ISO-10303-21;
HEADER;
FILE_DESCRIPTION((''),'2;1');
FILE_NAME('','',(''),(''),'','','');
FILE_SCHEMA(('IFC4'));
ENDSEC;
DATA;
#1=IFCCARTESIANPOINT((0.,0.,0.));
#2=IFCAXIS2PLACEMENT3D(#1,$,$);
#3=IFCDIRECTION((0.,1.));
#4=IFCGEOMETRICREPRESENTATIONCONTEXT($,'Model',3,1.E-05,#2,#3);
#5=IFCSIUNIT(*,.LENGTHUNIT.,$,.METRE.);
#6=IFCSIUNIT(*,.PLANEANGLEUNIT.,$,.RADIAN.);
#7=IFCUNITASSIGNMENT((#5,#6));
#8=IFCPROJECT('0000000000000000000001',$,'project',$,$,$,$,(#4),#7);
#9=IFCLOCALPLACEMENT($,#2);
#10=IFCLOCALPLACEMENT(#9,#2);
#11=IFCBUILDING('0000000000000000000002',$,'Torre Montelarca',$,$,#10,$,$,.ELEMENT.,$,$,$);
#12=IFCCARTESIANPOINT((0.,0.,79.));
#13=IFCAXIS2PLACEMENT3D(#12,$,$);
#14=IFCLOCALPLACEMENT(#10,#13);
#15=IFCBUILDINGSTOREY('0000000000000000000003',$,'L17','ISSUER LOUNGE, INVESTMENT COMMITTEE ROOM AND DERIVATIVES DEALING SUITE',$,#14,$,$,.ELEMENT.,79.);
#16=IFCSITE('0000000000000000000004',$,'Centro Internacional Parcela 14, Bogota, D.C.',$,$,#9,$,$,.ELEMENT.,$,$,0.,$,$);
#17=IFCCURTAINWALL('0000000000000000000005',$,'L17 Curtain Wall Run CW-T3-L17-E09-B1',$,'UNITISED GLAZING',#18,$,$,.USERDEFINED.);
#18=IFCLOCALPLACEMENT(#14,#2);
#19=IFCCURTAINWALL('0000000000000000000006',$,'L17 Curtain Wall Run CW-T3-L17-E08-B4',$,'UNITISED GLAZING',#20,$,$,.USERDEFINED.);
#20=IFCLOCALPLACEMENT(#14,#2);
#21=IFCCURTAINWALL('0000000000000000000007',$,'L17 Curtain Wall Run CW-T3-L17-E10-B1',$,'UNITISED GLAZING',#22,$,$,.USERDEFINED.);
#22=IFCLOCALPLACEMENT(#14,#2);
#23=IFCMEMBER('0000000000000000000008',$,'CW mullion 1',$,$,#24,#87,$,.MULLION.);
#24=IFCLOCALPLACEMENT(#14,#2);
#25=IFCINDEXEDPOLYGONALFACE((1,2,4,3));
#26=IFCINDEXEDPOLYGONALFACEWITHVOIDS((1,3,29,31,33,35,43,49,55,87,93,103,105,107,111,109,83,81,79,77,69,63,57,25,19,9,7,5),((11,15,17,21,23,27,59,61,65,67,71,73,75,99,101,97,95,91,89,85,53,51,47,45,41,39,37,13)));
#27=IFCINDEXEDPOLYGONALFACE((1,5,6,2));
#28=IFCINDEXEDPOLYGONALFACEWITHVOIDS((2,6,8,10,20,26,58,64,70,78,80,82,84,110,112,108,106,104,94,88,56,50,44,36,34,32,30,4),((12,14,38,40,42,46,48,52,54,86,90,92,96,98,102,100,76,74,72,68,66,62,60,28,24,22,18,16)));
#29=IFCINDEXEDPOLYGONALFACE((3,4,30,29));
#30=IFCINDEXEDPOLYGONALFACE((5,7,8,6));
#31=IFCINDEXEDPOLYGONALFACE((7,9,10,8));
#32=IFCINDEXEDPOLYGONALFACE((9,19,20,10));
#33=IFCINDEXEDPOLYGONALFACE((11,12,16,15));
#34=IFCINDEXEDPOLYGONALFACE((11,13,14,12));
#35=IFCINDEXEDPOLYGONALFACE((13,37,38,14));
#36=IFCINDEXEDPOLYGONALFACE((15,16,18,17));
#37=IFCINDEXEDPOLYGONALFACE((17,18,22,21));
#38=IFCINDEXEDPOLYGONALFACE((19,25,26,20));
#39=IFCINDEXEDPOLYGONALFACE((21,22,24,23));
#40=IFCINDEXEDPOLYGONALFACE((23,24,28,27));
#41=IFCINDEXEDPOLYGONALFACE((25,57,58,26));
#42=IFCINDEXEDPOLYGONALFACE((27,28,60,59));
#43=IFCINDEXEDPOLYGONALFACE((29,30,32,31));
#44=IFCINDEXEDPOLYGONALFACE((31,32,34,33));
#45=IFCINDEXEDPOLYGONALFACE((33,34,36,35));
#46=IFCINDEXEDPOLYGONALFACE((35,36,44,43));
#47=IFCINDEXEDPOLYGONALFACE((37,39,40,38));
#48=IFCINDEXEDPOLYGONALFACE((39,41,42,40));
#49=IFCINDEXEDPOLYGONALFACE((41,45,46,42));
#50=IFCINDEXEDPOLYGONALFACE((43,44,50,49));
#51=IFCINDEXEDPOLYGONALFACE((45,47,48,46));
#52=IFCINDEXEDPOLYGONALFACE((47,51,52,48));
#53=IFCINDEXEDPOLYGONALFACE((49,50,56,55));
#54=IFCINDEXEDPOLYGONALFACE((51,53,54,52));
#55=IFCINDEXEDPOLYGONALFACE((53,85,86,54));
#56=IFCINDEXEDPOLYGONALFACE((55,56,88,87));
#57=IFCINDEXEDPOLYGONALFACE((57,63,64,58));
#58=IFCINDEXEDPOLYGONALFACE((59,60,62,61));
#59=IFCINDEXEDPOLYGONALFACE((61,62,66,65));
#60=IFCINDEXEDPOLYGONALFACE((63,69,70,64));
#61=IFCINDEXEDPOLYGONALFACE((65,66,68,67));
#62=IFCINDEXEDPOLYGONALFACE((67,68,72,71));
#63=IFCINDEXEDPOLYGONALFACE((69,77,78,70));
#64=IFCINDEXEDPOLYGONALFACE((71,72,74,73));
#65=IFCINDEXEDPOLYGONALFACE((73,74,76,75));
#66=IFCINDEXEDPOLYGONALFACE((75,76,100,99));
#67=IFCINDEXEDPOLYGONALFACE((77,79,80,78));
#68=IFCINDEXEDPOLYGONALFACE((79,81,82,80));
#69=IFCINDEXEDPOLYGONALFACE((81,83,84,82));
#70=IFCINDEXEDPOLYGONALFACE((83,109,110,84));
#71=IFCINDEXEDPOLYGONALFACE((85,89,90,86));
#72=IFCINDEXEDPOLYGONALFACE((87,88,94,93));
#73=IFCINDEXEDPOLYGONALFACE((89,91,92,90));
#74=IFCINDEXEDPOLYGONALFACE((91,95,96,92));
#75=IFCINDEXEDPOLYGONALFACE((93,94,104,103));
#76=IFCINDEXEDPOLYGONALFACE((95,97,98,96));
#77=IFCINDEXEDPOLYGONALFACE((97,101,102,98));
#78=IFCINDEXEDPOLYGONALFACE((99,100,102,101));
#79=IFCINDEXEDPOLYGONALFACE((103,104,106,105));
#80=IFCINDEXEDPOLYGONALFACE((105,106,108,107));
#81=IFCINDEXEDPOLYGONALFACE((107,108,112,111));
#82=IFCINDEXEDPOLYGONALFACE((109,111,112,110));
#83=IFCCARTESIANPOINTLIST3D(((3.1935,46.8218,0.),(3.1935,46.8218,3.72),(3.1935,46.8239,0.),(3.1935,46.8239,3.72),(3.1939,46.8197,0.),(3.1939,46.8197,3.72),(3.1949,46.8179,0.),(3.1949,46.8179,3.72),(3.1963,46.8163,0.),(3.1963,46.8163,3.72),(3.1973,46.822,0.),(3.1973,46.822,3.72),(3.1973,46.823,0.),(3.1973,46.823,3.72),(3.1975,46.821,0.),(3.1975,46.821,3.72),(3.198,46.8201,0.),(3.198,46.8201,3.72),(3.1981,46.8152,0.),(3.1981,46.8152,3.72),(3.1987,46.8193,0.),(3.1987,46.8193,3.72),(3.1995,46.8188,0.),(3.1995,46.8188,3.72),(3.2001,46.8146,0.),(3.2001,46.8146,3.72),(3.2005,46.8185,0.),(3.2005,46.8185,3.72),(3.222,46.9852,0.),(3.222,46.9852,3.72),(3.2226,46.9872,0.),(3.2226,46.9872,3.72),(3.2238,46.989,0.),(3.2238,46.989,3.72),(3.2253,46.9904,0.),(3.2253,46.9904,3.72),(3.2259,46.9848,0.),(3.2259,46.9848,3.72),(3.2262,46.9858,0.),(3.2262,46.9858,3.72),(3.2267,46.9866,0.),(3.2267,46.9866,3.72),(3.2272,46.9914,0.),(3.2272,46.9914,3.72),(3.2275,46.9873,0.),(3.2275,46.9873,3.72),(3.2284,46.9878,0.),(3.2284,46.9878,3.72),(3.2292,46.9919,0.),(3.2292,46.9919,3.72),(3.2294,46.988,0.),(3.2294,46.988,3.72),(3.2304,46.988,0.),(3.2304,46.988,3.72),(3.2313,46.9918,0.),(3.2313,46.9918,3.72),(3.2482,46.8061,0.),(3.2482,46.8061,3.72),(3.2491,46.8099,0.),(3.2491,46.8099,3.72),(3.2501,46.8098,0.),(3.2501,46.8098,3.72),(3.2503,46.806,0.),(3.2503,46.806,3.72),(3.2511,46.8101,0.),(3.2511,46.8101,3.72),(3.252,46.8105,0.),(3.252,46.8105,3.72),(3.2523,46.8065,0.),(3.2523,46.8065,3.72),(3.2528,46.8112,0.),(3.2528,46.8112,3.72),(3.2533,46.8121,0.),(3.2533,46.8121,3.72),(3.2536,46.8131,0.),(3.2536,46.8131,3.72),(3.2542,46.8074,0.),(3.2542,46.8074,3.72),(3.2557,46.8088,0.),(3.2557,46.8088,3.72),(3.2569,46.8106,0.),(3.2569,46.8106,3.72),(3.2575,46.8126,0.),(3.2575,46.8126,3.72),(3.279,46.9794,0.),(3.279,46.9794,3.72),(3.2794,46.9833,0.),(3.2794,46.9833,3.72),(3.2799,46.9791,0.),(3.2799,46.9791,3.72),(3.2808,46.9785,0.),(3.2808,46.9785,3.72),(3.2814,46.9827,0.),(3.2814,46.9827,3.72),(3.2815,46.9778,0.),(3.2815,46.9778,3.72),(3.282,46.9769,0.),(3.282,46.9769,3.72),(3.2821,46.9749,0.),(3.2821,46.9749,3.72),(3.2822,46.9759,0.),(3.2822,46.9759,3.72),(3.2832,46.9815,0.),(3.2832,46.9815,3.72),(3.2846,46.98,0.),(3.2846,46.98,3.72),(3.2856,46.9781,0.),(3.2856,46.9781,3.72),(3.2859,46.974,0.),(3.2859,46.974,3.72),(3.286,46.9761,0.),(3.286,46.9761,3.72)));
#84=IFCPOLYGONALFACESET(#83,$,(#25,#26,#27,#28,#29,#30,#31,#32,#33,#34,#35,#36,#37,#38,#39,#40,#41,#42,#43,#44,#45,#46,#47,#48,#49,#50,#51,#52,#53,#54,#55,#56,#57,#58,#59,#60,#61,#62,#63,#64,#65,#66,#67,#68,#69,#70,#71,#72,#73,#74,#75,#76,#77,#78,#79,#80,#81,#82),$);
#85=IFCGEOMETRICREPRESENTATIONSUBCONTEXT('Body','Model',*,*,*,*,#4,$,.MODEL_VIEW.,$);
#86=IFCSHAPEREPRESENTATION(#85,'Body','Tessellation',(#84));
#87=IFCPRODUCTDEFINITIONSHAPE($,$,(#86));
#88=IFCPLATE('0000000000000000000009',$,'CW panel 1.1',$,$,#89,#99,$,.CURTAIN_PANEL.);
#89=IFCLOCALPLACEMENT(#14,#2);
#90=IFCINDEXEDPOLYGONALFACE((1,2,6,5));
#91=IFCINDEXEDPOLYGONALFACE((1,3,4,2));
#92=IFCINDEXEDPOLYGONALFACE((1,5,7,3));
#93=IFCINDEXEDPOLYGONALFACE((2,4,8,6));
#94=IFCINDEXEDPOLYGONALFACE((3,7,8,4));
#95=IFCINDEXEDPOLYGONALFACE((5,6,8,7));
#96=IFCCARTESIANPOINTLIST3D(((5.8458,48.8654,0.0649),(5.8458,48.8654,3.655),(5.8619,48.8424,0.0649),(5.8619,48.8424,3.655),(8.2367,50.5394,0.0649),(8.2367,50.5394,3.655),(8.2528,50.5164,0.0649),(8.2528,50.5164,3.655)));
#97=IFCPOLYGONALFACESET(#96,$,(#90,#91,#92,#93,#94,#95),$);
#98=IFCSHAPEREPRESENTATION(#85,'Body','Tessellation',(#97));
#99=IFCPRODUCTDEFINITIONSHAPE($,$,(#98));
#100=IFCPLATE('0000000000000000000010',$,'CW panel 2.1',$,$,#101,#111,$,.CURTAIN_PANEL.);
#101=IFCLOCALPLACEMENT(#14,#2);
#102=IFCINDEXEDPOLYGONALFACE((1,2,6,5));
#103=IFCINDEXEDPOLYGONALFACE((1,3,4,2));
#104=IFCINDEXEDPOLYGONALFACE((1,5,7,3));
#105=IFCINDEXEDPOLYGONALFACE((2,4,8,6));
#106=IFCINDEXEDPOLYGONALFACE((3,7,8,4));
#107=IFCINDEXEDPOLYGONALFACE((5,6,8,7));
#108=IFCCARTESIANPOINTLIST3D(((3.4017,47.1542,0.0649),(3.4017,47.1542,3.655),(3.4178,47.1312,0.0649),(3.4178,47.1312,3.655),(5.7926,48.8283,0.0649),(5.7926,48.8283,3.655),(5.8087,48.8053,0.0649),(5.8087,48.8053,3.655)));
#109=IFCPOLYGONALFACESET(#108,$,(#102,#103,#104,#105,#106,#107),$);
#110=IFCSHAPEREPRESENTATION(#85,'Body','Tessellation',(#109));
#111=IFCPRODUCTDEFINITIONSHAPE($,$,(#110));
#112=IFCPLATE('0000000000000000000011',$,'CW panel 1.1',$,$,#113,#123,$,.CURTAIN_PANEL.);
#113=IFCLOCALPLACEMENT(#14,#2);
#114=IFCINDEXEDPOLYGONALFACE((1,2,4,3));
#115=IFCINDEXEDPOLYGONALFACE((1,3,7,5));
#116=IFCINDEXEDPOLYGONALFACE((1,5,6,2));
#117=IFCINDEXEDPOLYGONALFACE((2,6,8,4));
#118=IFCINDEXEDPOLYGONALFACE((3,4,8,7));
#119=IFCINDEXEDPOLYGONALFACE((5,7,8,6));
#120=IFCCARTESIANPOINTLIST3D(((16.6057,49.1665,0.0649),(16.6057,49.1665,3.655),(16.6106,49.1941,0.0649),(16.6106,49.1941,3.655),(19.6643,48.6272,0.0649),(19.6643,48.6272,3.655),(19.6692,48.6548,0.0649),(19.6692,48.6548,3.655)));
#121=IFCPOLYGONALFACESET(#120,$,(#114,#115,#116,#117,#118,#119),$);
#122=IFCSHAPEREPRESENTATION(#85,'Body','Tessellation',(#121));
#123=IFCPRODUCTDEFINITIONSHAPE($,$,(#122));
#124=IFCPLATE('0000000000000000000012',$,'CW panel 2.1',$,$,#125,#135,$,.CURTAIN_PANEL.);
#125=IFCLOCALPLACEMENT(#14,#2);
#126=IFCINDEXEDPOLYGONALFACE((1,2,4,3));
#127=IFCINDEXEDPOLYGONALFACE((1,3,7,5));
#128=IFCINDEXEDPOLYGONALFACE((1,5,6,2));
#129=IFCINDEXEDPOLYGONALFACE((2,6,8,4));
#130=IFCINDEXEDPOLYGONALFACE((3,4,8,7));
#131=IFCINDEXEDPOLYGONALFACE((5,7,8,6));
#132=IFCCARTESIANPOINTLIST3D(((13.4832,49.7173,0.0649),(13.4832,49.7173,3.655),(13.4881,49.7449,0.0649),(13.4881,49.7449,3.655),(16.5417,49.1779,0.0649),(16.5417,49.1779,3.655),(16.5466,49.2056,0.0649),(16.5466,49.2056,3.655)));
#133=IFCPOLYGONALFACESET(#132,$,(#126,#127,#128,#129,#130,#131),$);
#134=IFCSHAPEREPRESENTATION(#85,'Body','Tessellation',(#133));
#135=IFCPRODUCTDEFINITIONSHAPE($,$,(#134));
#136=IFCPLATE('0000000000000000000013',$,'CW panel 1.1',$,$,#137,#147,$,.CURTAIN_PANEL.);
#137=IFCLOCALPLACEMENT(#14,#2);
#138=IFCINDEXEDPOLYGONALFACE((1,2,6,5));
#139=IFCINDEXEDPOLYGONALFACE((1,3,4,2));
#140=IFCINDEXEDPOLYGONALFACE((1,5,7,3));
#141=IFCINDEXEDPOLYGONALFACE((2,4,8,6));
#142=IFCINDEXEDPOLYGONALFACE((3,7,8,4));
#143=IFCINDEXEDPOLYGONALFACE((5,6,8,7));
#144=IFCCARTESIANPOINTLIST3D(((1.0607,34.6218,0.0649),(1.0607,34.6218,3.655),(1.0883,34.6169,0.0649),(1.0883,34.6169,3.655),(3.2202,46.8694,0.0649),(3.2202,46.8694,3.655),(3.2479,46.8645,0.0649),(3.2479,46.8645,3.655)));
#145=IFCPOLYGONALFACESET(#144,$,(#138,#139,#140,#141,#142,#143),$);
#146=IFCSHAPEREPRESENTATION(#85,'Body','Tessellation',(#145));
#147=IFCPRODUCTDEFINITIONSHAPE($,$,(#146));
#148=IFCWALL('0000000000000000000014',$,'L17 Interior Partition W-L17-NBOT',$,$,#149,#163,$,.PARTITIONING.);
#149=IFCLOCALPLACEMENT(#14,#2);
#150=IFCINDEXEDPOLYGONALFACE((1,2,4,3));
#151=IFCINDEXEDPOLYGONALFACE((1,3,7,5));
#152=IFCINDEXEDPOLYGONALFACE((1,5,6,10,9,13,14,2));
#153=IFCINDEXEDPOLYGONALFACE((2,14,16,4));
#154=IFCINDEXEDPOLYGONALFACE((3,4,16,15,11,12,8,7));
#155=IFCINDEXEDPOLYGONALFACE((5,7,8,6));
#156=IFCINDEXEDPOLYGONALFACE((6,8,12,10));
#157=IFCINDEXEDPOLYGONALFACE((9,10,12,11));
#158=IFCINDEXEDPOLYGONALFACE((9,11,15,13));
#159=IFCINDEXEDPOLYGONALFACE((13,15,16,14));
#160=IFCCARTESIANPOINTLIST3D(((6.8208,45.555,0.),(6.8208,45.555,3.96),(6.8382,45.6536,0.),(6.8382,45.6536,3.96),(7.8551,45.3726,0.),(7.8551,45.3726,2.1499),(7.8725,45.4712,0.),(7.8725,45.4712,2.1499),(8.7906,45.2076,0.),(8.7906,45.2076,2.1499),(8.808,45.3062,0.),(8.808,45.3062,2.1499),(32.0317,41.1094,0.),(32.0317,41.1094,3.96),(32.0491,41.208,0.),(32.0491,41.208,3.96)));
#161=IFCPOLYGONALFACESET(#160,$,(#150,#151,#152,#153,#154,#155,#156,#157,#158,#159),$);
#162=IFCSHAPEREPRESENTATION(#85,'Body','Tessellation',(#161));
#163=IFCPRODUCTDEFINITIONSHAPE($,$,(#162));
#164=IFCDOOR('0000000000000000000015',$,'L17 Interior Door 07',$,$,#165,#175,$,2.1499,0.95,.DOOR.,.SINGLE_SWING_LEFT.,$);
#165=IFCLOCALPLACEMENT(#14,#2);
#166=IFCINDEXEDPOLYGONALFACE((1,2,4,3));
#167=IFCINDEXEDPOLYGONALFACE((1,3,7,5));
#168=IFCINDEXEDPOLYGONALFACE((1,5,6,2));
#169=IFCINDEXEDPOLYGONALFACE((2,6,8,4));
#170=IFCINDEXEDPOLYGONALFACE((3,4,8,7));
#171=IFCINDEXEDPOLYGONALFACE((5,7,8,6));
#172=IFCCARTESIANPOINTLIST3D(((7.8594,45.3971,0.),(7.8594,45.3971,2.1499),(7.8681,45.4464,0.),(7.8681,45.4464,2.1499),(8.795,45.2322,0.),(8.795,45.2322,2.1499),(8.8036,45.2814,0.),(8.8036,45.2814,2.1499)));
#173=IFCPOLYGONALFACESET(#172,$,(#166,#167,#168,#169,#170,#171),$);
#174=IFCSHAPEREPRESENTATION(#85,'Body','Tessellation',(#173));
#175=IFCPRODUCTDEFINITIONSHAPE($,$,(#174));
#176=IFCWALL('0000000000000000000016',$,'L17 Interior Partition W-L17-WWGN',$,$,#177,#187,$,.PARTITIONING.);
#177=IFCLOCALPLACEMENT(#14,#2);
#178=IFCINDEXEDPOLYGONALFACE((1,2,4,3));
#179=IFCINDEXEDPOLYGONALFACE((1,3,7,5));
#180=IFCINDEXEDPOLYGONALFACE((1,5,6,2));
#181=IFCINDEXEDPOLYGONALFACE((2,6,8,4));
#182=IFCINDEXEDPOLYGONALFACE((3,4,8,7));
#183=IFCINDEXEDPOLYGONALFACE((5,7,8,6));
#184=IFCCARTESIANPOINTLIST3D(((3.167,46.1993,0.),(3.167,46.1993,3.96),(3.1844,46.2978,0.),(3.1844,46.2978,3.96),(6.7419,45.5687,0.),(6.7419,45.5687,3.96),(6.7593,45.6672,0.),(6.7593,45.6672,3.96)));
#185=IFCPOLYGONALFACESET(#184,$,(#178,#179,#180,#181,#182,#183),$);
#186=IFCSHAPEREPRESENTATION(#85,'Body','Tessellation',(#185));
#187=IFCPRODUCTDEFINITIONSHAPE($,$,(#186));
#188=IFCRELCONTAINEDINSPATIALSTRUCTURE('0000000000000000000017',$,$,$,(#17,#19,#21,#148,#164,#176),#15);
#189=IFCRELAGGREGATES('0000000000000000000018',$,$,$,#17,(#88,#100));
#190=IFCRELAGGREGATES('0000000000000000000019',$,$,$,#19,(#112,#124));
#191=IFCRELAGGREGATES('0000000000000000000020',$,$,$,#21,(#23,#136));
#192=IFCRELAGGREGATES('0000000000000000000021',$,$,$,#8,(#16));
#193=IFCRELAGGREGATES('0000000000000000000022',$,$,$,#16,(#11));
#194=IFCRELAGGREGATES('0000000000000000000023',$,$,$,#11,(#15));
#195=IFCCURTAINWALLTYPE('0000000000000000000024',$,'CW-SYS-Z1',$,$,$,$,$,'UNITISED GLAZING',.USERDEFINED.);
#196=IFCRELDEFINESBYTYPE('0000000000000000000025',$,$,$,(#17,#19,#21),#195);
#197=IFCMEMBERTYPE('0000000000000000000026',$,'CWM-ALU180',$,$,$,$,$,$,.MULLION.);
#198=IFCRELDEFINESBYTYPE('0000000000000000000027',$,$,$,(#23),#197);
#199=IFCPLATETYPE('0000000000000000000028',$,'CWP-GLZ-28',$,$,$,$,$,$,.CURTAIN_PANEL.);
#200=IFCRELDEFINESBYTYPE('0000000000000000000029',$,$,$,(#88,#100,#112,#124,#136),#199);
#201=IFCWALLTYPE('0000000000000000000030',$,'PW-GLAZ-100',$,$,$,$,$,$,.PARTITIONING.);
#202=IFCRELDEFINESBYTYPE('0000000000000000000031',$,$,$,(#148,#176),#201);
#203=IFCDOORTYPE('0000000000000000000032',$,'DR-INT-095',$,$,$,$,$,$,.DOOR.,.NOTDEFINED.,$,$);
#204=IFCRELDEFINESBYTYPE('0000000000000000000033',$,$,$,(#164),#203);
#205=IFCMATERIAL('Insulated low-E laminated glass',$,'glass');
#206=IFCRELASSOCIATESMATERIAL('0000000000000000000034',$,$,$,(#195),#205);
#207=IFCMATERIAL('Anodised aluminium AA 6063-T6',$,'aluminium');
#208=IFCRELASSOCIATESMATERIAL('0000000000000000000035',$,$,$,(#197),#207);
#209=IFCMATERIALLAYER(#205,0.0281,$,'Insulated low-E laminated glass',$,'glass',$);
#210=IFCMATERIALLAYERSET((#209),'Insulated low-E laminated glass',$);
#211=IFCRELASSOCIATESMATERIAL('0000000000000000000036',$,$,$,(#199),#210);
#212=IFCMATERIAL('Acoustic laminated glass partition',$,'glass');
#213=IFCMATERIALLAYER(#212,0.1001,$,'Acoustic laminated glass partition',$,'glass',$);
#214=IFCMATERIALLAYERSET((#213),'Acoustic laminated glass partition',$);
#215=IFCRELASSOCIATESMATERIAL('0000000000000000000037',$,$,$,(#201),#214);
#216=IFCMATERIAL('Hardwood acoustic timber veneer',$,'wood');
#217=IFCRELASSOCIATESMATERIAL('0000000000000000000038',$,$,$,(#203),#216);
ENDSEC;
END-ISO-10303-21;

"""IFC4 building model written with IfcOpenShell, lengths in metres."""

from ifc_helpers import new_model, si_unit, direction, frame, frame_2d, origin, origin_2d, place, context, subcontext, project, spatial, rectangle, hollow_rectangle, extrude, source, transform, mapped, material, layer, layer_set, material_profile, profile_set, type_object, element, fill, aggregate, save


model = new_model("IFC4")

# Units and contexts
model_context = context("Model", 3, precision=1e-05, world=origin(), true_north=direction((0.0, 1.0)))
body_context = subcontext(model_context, "Body", "Model", "MODEL_VIEW")
ifc_project = project(units=[si_unit("LENGTHUNIT", "METRE"), si_unit("PLANEANGLEUNIT", "RADIAN")], contexts=[model_context])

# Site, building, storey
site_placement = place(None, origin())
site = spatial("IfcSite", under=ifc_project, at=site_placement, Name="Centro Internacional Parcela 14, Bogota, D.C.", CompositionType="ELEMENT", RefElevation=0.0)
building_placement = place(site_placement, origin())
building = spatial("IfcBuilding", under=site, at=building_placement, Name="Torre Montelarca", CompositionType="ELEMENT")
storey_placement = place(building_placement, frame((0.0, 0.0, 79.0)))
storey = spatial("IfcBuildingStorey", under=building, at=storey_placement, Name="L17", Description="ISSUER LOUNGE, INVESTMENT COMMITTEE ROOM AND DERIVATIVES DEALING SUITE", CompositionType="ELEMENT", Elevation=79.0)

# Curtain walls
ifc_material_1 = material(Name="Insulated low-E laminated glass", Category="glass")
curtain_wall_type = type_object("IfcCurtainWallType", Name="CW-SYS-Z1", ElementType="UNITISED GLAZING", PredefinedType="USERDEFINED", material=ifc_material_1)
curtain_wall_1_placement = place(storey_placement, origin())
curtain_wall_1 = element("IfcCurtainWall", 1, at=curtain_wall_1_placement, inside=storey, type_object=curtain_wall_type, Name="L17 Curtain Wall Run CW-T3-L17-E09-B1", ObjectType="UNITISED GLAZING", PredefinedType="USERDEFINED")
ifc_material_2 = material(Name="Anodised aluminium AA 6063-T6", Category="aluminium")
curtain_wall_2_placement = place(storey_placement, origin())
curtain_wall_2 = element("IfcCurtainWall", 2, at=curtain_wall_2_placement, inside=storey, type_object=curtain_wall_type, Name="L17 Curtain Wall Run CW-T3-L17-E08-B4", ObjectType="UNITISED GLAZING", PredefinedType="USERDEFINED")
curtain_wall_3_placement = place(storey_placement, origin())
curtain_wall_3 = element("IfcCurtainWall", 3, at=curtain_wall_3_placement, inside=storey, type_object=curtain_wall_type, Name="L17 Curtain Wall Run CW-T3-L17-E10-B1", ObjectType="UNITISED GLAZING", PredefinedType="USERDEFINED")

# Shared definitions
ifc_material_profile_1 = material_profile(ifc_material_2, hollow_rectangle(XDim=0.0649, YDim=0.1799, WallThickness=0.0039, InnerFilletRadius=0.0039, OuterFilletRadius=0.0081, at=origin_2d()), Name="ALU65X180X4", Category="aluminium")
ifc_profile_set_1 = profile_set([ifc_material_profile_1], Name="Anodised aluminium AA 6063-T6")
member_type_1 = type_object("IfcMemberType", Name="CWM-ALU180", PredefinedType="MULLION", material=ifc_profile_set_1)
shared_shape_1 = source(origin(), body_context, "Body", "SweptSolid", [
    extrude(hollow_rectangle(XDim=0.0649, YDim=0.1799, WallThickness=0.0039, InnerFilletRadius=0.0039, OuterFilletRadius=0.0081, at=origin_2d()), origin(), (0.0, 0.0, 1.0), 3.72),
])

# Member
member_1_placement = place(storey_placement, frame((3.2397, 46.8989, 0.0), z_axis=(0.0, 0.0, 1.0), x_axis=(0.984808, -0.173646, 0.0)))
member_1 = element("IfcMember", 4, at=member_1_placement, type_object=member_type_1, Name="CW mullion 1", PredefinedType="MULLION", context=body_context, shape_type="MappedRepresentation", body=[
    mapped(shared_shape_1, transform((0.0, 0.0, 0.0), scale=1.0)),
])

# Plates
ifc_layer_1 = layer(ifc_material_1, 0.0281, Name="Insulated low-E laminated glass", Category="glass")
ifc_layer_set_1 = layer_set([ifc_layer_1], Name="Insulated low-E laminated glass")
plate_type = type_object("IfcPlateType", Name="CWP-GLZ-28", PredefinedType="CURTAIN_PANEL", material=ifc_layer_set_1)
shared_shape_2 = source(origin(), body_context, "Body", "SweptSolid", [
    extrude(rectangle(XDim=2.9187, YDim=0.0281, at=origin_2d()), origin(), (0.0, 0.0, 1.0), 3.5901),
])
plate_1_placement = place(storey_placement, frame((7.0493, 49.6909, 0.0649), z_axis=(0.0, 0.0, 1.0), x_axis=(-0.819168, -0.573554, 0.0)))
plate_1 = element("IfcPlate", 5, at=plate_1_placement, type_object=plate_type, Name="CW panel 1.1", PredefinedType="CURTAIN_PANEL", context=body_context, shape_type="MappedRepresentation", body=[
    mapped(shared_shape_2, transform((0.0, 0.0, 0.0), scale=1.0)),
])
plate_2_placement = place(storey_placement, frame((4.6052, 47.9797, 0.0649), z_axis=(0.0, 0.0, 1.0), x_axis=(-0.819168, -0.573554, 0.0)))
plate_2 = element("IfcPlate", 6, at=plate_2_placement, type_object=plate_type, Name="CW panel 2.1", PredefinedType="CURTAIN_PANEL", context=body_context, shape_type="MappedRepresentation", body=[
    mapped(shared_shape_2, transform((0.0, 0.0, 0.0), scale=1.0)),
])
aggregate(curtain_wall_1, [plate_1, plate_2])
shared_shape_3 = source(origin(), body_context, "Body", "SweptSolid", [
    extrude(rectangle(XDim=3.1057, YDim=0.0281, at=origin_2d()), origin(), (0.0, 0.0, 1.0), 3.5901),
])
plate_3_placement = place(storey_placement, frame((18.1375, 48.9106, 0.0649), z_axis=(0.0, 0.0, 1.0), x_axis=(-0.984807, 0.173654, 0.0)))
plate_3 = element("IfcPlate", 7, at=plate_3_placement, type_object=plate_type, Name="CW panel 1.1", PredefinedType="CURTAIN_PANEL", context=body_context, shape_type="MappedRepresentation", body=[
    mapped(shared_shape_3, transform((0.0, 0.0, 0.0), scale=1.0)),
])
plate_4_placement = place(storey_placement, frame((15.0149, 49.4614, 0.0649), z_axis=(0.0, 0.0, 1.0), x_axis=(-0.984807, 0.173654, 0.0)))
plate_4 = element("IfcPlate", 8, at=plate_4_placement, type_object=plate_type, Name="CW panel 2.1", PredefinedType="CURTAIN_PANEL", context=body_context, shape_type="MappedRepresentation", body=[
    mapped(shared_shape_3, transform((0.0, 0.0, 0.0), scale=1.0)),
])
aggregate(curtain_wall_2, [plate_3, plate_4])
shared_shape_4 = source(origin(), body_context, "Body", "SweptSolid", [
    extrude(rectangle(XDim=12.4365, YDim=0.0281, at=origin_2d()), origin(), (0.0, 0.0, 1.0), 3.5901),
])
plate_5_placement = place(storey_placement, frame((2.1543, 40.7432, 0.0649), z_axis=(0.0, 0.0, 1.0), x_axis=(-0.173646, -0.984808, 0.0)))
plate_5 = element("IfcPlate", 9, at=plate_5_placement, type_object=plate_type, Name="CW panel 1.1", PredefinedType="CURTAIN_PANEL", context=body_context, shape_type="MappedRepresentation", body=[
    mapped(shared_shape_4, transform((0.0, 0.0, 0.0), scale=1.0)),
])
aggregate(curtain_wall_3, [member_1, plate_5])

# Wall, opening, door
ifc_material_3 = material(Name="Acoustic laminated glass partition", Category="glass")
ifc_layer_2 = layer(ifc_material_3, 0.1001, Name="Acoustic laminated glass partition", Category="glass")
ifc_layer_set_2 = layer_set([ifc_layer_2], Name="Acoustic laminated glass partition")
wall_type = type_object("IfcWallType", Name="PW-GLAZ-100", PredefinedType="PARTITIONING", material=ifc_layer_set_2)
wall_1_placement = place(storey_placement, frame((6.8296, 45.6042, 0.0), z_axis=(0.0, 0.0, 1.0), x_axis=(0.984806, -0.173655, 0.0)))
wall_1 = element("IfcWall", 10, at=wall_1_placement, inside=storey, type_object=wall_type, Name="L17 Interior Partition W-L17-NBOT", PredefinedType="PARTITIONING", context=body_context, shape_type="SweptSolid", body=[
    extrude(rectangle(XDim=25.5999, YDim=0.1001, at=frame_2d((12.7998, 0.0))), origin(), (0.0, 0.0, 1.0), 3.96),
])
opening_placement = place(wall_1_placement, frame((1.05, 0.0, 0.0)))
opening = element("IfcOpeningElement", 11, at=opening_placement, cuts=wall_1, PredefinedType="OPENING", context=body_context, shape_type="SweptSolid", body=[
    extrude(rectangle(XDim=0.95, YDim=2.1499, at=frame_2d((0.4751, 1.075))), frame((0.0, 0.0601, 0.0), z_axis=(0.0, -1.0, 0.0), x_axis=(1.0, 0.0, 0.0)), (0.0, 0.0, 1.0), 0.1201),
])
ifc_material_4 = material(Name="Hardwood acoustic timber veneer", Category="wood")
door_type = type_object("IfcDoorType", Name="DR-INT-095", OperationType="NOTDEFINED", PredefinedType="DOOR", material=ifc_material_4)
shared_shape_5 = source(origin(), body_context, "Body", "SweptSolid", [
    extrude(rectangle(XDim=0.95, YDim=2.1499, at=frame_2d((0.4751, 1.075))), frame((0.0, 0.0249, 0.0), z_axis=(0.0, -1.0, 0.0), x_axis=(1.0, 0.0, 0.0)), (0.0, 0.0, 1.0), 0.05),
])
door_placement = place(opening_placement, origin())
door = element("IfcDoor", 12, at=door_placement, inside=storey, type_object=door_type, Name="L17 Interior Door 07", OperationType="SINGLE_SWING_LEFT", OverallHeight=2.1499, OverallWidth=0.95, PredefinedType="DOOR", context=body_context, shape_type="MappedRepresentation", body=[
    mapped(shared_shape_5, transform((0.0, 0.0, 0.0), scale=1.0)),
])
fill(opening, door)

# Wall
wall_2_placement = place(storey_placement, frame((3.1758, 46.2485, 0.0), z_axis=(0.0, 0.0, 1.0), x_axis=(0.984796, -0.173716, 0.0)))
element("IfcWall", 13, at=wall_2_placement, inside=storey, type_object=wall_type, Name="L17 Interior Partition W-L17-WWGN", PredefinedType="PARTITIONING", context=body_context, shape_type="SweptSolid", body=[
    extrude(rectangle(XDim=3.6301, YDim=0.1001, at=frame_2d((1.8149, 0.0))), origin(), (0.0, 0.0, 1.0), 3.96),
])

save(model, "model.ifc")
